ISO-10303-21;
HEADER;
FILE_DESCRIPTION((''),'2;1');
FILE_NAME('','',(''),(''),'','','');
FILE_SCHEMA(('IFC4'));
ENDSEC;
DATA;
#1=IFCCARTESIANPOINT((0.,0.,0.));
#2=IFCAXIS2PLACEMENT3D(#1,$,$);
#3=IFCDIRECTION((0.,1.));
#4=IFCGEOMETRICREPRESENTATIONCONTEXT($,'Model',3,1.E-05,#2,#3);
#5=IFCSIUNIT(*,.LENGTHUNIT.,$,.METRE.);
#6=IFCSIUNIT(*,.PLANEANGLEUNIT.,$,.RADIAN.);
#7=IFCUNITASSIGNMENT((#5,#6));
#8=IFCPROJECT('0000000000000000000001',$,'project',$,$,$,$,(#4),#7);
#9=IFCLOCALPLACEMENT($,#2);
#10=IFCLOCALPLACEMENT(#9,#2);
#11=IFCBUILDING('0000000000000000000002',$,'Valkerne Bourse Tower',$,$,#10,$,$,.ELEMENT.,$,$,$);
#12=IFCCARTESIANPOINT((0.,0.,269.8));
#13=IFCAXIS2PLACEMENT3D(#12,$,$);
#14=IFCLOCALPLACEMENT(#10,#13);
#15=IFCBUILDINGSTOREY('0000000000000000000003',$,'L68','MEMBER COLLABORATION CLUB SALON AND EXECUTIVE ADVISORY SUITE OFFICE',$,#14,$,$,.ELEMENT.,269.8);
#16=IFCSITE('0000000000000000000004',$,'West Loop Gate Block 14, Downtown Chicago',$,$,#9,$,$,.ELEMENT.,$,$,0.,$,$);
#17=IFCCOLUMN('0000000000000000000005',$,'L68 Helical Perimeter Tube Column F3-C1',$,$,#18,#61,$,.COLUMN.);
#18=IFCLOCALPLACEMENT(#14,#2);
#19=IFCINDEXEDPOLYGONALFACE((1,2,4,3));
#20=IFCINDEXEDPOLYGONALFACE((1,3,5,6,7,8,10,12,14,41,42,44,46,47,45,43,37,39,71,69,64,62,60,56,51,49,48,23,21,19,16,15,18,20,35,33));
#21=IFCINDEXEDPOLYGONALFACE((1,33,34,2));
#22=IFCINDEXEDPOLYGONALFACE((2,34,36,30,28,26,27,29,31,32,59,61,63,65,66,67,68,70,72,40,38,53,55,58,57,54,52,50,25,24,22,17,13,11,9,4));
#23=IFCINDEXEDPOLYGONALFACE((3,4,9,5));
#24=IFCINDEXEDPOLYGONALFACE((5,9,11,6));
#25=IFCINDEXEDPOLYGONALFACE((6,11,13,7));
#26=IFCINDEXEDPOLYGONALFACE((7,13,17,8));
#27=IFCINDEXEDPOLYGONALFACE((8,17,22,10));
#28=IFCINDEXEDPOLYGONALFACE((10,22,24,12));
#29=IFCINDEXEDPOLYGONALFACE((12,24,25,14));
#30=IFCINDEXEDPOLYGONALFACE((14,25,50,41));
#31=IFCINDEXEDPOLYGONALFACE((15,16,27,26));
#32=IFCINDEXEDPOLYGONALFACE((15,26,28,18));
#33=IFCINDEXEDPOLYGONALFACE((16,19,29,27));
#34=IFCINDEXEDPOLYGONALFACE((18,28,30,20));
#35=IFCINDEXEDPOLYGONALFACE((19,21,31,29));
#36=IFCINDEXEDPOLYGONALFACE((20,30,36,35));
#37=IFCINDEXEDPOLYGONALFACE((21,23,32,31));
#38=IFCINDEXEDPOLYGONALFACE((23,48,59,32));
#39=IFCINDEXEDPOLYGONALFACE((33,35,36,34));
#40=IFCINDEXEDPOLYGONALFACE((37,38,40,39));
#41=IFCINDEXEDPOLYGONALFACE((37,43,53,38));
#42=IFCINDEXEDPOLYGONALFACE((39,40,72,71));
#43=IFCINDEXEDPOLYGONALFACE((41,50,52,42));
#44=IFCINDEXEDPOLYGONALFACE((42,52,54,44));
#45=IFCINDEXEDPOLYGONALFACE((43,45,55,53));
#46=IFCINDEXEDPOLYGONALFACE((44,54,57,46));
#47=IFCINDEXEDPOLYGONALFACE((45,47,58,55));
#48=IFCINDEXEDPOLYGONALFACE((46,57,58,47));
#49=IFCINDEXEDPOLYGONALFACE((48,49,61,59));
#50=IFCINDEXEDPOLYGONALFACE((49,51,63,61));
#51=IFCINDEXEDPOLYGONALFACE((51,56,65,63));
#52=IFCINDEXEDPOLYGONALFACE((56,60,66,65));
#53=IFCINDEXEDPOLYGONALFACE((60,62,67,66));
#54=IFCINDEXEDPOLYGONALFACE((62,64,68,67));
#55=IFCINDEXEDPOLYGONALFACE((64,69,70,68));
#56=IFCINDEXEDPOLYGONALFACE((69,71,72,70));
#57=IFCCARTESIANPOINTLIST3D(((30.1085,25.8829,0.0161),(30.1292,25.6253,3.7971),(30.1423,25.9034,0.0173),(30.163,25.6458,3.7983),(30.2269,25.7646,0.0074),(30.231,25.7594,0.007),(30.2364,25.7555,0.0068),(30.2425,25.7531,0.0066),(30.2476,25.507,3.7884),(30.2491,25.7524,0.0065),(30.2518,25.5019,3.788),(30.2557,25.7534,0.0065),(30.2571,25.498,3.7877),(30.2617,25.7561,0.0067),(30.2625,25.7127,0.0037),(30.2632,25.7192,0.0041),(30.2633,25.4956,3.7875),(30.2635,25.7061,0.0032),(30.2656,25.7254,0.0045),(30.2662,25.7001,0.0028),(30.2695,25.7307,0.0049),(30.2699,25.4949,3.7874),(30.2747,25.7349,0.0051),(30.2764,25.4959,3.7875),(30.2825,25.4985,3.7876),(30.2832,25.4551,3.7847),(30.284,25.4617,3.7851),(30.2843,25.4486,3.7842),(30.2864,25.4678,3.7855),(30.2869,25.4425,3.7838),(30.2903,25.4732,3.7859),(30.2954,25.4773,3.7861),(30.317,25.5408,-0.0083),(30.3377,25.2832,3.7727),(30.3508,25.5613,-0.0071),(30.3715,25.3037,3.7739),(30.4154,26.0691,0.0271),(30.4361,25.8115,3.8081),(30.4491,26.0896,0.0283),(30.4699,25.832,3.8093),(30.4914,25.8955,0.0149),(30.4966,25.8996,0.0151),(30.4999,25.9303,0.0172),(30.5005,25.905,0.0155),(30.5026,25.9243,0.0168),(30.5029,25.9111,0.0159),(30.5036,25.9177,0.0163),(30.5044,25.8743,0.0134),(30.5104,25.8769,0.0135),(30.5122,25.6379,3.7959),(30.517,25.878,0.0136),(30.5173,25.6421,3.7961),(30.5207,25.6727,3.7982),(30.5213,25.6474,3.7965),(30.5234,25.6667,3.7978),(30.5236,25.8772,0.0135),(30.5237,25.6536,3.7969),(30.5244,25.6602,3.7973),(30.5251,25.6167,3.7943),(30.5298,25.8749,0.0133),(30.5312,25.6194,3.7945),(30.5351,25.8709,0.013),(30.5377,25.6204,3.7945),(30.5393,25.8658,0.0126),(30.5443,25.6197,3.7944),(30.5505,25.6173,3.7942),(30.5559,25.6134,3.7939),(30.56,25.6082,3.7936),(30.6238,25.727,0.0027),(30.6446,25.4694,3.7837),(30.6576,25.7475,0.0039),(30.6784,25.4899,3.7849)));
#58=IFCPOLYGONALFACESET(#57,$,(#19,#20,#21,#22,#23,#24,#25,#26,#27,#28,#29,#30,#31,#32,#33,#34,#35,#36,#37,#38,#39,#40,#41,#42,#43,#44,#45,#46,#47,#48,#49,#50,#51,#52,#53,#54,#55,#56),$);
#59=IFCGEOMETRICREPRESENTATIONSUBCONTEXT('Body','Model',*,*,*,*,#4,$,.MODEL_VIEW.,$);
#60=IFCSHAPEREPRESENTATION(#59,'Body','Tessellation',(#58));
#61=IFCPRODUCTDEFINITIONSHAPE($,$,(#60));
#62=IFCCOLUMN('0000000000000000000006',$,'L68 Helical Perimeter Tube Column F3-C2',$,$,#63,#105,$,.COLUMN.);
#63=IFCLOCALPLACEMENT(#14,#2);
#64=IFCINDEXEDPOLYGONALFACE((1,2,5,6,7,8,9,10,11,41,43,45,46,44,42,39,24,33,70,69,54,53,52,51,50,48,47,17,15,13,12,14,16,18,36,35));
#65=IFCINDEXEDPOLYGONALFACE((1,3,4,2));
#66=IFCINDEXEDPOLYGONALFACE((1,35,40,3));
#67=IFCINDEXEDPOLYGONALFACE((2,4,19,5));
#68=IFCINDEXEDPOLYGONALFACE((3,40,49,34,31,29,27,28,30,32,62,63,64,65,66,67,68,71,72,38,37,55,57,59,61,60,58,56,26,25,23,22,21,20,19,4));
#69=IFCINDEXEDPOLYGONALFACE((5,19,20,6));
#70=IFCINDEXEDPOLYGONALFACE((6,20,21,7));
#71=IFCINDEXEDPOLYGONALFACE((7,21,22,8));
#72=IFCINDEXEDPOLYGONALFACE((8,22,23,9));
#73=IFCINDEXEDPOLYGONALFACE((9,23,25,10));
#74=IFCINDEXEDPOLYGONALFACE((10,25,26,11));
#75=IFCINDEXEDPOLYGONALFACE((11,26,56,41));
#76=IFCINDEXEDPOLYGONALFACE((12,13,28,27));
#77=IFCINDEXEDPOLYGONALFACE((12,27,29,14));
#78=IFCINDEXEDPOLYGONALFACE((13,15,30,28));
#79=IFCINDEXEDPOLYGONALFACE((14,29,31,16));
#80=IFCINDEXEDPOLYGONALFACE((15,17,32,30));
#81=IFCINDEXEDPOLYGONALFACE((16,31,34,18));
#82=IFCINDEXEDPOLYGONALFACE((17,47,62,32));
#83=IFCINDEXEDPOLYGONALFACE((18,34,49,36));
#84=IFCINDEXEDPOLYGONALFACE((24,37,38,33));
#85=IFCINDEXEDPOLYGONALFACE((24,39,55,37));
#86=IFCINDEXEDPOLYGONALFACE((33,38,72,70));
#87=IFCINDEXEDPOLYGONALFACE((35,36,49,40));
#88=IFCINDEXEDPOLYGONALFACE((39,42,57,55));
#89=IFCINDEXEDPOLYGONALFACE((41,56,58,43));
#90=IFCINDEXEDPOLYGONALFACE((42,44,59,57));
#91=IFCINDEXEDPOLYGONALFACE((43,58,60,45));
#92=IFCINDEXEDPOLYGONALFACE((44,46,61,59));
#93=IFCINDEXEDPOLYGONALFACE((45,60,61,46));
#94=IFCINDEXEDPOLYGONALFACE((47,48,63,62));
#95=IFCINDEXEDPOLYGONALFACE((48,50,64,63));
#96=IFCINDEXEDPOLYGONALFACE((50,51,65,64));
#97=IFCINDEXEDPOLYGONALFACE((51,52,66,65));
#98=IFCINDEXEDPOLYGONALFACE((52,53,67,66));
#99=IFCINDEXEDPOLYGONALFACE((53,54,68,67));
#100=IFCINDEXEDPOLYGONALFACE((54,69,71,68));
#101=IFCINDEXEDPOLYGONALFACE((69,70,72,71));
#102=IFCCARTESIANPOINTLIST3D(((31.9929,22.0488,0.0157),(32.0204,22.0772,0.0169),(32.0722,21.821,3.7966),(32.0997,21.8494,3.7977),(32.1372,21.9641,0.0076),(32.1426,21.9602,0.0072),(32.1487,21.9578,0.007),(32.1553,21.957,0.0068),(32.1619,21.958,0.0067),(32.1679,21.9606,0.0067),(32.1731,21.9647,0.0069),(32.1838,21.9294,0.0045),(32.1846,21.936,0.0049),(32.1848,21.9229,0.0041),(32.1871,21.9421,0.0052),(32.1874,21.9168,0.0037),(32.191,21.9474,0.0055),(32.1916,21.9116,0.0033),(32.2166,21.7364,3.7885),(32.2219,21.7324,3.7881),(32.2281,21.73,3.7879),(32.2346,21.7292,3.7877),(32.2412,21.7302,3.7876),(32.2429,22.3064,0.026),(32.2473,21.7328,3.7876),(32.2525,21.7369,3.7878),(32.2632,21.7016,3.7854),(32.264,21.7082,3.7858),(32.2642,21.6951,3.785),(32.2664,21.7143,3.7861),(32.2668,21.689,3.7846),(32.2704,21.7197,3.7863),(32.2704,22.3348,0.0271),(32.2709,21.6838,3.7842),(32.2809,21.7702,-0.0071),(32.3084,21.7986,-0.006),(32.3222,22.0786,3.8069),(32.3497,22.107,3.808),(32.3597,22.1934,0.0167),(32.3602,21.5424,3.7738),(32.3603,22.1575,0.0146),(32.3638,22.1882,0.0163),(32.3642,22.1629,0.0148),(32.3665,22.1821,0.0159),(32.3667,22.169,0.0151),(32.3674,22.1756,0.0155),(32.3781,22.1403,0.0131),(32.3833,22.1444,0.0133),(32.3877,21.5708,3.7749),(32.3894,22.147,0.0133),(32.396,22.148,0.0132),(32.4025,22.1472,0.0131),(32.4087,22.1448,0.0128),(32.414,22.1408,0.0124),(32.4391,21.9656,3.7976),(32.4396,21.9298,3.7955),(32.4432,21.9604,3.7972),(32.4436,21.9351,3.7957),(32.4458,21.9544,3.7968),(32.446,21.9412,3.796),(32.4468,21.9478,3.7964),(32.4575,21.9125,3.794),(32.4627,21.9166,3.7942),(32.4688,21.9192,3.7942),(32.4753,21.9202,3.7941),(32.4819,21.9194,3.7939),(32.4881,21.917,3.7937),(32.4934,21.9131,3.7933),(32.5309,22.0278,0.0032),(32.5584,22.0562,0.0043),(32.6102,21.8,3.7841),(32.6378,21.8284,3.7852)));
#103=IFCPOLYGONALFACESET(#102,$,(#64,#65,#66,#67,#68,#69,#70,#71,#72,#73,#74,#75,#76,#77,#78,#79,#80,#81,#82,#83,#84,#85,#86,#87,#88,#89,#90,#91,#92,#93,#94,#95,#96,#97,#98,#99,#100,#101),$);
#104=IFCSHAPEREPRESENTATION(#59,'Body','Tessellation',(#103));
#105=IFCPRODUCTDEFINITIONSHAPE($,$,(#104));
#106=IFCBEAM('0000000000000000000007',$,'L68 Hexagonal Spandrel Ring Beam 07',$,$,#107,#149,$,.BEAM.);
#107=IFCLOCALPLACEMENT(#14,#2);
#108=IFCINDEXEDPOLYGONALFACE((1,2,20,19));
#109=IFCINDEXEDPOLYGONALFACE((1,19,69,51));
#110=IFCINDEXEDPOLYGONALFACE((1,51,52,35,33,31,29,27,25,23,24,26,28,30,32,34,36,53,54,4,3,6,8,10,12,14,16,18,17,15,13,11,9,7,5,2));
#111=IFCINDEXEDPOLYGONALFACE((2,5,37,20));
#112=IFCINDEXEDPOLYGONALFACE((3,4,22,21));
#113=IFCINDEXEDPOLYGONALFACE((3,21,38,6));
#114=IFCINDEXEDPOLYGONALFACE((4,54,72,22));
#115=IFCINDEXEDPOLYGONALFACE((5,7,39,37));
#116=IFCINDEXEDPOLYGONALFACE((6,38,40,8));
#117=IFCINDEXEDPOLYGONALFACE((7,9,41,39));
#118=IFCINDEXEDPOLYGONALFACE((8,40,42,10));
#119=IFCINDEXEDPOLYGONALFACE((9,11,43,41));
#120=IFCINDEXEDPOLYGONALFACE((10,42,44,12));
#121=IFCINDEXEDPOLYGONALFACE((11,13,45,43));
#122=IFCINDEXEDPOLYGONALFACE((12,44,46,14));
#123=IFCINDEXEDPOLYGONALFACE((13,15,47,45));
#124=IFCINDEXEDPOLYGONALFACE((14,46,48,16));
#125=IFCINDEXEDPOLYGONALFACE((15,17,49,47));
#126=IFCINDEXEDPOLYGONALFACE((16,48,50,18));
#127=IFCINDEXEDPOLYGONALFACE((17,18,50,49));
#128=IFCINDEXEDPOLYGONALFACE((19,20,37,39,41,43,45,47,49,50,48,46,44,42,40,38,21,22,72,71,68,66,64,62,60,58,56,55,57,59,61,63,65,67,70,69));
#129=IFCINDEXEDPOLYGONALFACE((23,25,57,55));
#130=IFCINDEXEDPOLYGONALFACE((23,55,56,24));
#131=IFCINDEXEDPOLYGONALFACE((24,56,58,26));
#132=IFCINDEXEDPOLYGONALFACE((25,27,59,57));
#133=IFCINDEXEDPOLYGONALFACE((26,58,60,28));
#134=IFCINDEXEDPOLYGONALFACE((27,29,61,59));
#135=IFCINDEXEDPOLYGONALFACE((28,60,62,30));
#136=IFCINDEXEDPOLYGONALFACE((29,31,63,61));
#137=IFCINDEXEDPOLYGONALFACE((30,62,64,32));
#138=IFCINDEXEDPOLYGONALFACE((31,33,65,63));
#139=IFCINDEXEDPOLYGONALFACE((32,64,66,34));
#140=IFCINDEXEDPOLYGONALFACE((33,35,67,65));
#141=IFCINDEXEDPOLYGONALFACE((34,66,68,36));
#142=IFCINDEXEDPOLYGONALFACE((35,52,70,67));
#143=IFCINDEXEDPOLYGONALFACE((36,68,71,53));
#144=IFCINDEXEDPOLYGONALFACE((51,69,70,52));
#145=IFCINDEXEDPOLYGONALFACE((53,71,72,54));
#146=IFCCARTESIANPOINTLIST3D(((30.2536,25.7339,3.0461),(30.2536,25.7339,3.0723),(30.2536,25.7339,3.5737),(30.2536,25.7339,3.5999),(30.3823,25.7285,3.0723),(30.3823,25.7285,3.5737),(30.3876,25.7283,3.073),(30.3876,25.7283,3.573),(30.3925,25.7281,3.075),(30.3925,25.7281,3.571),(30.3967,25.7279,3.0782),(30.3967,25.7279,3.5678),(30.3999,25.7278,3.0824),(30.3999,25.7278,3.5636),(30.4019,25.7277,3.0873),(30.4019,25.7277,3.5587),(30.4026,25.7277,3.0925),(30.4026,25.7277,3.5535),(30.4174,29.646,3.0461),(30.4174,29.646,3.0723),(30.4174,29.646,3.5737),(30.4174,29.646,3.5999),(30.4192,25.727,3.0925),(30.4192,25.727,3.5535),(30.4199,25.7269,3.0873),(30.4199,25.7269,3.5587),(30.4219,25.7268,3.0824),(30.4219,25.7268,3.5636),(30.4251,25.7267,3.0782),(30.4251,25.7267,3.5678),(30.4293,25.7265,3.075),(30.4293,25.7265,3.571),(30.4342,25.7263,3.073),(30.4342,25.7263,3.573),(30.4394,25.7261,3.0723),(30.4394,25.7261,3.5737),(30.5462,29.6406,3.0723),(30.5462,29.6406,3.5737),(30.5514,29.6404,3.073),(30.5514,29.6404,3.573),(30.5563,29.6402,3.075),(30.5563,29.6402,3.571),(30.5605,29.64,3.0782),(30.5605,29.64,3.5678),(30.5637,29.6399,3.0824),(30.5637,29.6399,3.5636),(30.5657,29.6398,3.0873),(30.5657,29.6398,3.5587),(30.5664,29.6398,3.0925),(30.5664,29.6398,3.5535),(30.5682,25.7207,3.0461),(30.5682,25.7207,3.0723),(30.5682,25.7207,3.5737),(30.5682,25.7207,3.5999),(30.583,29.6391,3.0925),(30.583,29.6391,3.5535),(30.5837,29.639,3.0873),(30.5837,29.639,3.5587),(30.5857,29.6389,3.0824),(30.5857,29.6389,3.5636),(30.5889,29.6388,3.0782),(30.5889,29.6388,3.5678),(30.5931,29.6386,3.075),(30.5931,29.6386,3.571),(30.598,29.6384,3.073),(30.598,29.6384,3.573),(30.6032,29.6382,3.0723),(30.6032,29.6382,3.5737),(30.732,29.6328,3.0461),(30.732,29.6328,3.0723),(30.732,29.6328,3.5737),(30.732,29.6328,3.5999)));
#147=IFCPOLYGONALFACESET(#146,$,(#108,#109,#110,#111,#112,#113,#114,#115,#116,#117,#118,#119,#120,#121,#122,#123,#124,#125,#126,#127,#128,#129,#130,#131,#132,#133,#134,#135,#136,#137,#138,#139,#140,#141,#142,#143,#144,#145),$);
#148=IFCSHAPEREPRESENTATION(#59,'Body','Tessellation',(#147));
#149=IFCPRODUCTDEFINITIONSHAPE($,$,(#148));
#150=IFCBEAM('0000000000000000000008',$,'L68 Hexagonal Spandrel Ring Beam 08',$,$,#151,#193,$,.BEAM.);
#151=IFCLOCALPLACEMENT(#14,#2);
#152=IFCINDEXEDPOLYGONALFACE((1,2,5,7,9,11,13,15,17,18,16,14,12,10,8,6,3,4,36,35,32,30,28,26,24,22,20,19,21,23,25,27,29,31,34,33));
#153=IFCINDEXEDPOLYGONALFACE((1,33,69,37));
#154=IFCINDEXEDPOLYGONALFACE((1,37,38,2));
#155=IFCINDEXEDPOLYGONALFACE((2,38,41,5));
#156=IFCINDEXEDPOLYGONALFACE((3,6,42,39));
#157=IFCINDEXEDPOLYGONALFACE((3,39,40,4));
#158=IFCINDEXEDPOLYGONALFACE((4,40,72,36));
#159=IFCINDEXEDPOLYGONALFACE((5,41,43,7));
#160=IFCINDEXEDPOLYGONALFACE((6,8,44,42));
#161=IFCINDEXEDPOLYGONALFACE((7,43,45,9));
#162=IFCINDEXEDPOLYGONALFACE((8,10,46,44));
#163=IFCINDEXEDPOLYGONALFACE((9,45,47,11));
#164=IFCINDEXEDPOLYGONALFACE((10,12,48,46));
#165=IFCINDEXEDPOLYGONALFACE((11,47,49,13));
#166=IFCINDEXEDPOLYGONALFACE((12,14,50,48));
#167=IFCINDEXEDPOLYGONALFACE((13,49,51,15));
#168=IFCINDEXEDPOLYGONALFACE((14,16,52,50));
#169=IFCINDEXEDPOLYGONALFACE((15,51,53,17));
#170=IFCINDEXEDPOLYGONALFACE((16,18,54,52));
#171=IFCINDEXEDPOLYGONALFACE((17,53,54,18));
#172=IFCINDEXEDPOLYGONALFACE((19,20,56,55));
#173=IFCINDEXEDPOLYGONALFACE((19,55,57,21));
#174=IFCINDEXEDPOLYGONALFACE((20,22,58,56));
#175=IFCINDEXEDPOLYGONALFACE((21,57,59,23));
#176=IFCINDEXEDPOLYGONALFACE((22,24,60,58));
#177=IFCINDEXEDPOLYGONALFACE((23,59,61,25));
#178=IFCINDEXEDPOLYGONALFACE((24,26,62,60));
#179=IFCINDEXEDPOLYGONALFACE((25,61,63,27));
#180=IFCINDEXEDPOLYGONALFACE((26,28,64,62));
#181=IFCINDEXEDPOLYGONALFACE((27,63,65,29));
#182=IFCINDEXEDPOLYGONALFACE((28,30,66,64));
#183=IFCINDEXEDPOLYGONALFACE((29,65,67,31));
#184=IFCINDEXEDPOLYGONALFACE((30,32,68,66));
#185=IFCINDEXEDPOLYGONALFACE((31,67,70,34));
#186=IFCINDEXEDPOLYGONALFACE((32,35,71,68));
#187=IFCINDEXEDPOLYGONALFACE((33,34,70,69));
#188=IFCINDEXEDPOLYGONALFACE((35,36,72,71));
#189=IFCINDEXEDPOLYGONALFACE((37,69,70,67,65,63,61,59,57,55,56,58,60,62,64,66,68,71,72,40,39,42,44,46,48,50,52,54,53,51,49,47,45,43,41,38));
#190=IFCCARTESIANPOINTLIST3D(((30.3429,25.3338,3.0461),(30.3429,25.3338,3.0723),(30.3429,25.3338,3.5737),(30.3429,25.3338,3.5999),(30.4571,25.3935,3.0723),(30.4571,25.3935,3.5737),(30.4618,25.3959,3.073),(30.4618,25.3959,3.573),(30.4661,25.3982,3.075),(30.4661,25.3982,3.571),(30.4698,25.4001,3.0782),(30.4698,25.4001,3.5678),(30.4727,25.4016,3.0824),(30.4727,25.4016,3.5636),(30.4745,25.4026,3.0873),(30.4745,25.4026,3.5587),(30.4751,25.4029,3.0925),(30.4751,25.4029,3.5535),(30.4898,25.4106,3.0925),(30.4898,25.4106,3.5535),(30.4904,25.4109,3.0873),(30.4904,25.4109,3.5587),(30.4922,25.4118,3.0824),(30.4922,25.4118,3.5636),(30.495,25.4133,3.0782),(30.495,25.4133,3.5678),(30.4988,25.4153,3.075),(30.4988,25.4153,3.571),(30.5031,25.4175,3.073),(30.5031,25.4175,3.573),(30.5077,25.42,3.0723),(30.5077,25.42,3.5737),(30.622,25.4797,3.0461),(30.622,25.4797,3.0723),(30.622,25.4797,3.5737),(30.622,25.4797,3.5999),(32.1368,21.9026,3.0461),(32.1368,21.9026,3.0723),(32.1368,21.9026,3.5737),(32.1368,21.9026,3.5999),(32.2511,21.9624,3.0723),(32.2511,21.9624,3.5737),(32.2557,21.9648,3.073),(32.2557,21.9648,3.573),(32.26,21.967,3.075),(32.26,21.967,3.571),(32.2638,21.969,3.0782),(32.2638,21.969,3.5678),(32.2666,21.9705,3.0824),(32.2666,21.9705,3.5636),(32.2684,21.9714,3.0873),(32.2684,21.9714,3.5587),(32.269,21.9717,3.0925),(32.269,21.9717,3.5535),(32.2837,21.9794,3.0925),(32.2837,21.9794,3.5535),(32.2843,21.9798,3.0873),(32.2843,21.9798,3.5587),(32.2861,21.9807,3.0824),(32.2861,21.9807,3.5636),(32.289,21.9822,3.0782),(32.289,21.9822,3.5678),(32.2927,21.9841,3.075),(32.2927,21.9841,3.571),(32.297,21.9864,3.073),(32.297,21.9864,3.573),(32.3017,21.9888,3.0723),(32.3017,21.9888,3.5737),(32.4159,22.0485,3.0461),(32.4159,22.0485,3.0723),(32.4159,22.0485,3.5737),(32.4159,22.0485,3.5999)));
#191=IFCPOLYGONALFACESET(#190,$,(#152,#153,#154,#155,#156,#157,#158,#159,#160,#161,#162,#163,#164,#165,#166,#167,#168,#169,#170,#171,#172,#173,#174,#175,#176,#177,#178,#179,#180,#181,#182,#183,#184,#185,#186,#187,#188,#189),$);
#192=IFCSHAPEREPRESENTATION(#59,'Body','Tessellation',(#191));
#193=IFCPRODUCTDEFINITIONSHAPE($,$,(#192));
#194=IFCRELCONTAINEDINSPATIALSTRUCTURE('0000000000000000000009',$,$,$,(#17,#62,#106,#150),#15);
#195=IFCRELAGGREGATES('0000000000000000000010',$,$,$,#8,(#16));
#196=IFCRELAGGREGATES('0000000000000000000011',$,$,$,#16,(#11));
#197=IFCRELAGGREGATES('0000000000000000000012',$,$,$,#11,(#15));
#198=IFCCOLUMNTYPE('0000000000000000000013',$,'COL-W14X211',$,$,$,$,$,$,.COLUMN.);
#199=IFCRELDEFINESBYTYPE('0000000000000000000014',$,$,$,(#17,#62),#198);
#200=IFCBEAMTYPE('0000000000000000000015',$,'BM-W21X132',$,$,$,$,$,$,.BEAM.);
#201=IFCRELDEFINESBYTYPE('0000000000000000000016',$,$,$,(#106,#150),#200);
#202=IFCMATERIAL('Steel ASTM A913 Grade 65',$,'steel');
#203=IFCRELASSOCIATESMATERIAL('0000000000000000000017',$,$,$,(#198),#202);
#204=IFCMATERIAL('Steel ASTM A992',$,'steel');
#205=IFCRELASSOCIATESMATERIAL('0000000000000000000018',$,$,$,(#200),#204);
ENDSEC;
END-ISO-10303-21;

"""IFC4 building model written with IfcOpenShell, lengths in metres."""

from ifc_helpers import new_model, si_unit, direction, frame, origin, origin_2d, place, context, subcontext, project, spatial, i_section, extrude, material, material_profile, profile_set, type_object, element, save


model = new_model("IFC4")

# Units and contexts
model_context = context("Model", 3, precision=1e-05, world=origin(), true_north=direction((0.0, 1.0)))
body_context = subcontext(model_context, "Body", "Model", "MODEL_VIEW")
ifc_project = project(units=[si_unit("LENGTHUNIT", "METRE"), si_unit("PLANEANGLEUNIT", "RADIAN")], contexts=[model_context])

# Site, building, storey
site_placement = place(None, origin())
site = spatial("IfcSite", under=ifc_project, at=site_placement, Name="West Loop Gate Block 14, Downtown Chicago", CompositionType="ELEMENT", RefElevation=0.0)
building_placement = place(site_placement, origin())
building = spatial("IfcBuilding", under=site, at=building_placement, Name="Valkerne Bourse Tower", CompositionType="ELEMENT")
storey_placement = place(building_placement, frame((0.0, 0.0, 269.8)))
storey = spatial("IfcBuildingStorey", under=building, at=storey_placement, Name="L68", Description="MEMBER COLLABORATION CLUB SALON AND EXECUTIVE ADVISORY SUITE OFFICE", CompositionType="ELEMENT", Elevation=269.8)

# Columns
ifc_material_1 = material(Name="Steel ASTM A913 Grade 65", Category="steel")
ifc_material_profile_1 = material_profile(ifc_material_1, i_section(OverallWidth=0.4014, OverallDepth=0.3987, WebThickness=0.0249, FlangeThickness=0.0396, FilletRadius=0.0254, at=origin_2d()), Name="W14X211")
ifc_profile_set_1 = profile_set([ifc_material_profile_1], Name="Steel ASTM A913 Grade 65")
column_type = type_object("IfcColumnType", Name="COL-W14X211", PredefinedType="COLUMN", material=ifc_profile_set_1)
column_1_placement = place(storey_placement, frame((30.3831, 25.8152, 0.01), z_axis=(0.005476, -0.067963, 0.997673), x_axis=(0.519446, -0.852329, -0.060913)))
element("IfcColumn", 1, at=column_1_placement, inside=storey, type_object=column_type, Name="L68 Helical Perimeter Tube Column F3-C1", PredefinedType="COLUMN", context=body_context, shape_type="SweptSolid", body=[
    extrude(i_section(OverallWidth=0.4014, OverallDepth=0.3987, WebThickness=0.0249, FlangeThickness=0.0396, FilletRadius=0.0254, at=origin_2d()), origin(), (0.0, 0.0, 1.0), 3.7898),
])
column_2_placement = place(storey_placement, frame((32.2756, 22.0525, 0.01), z_axis=(0.020943, -0.060122, 0.997971), x_axis=(0.717593, -0.694136, -0.056877)))
element("IfcColumn", 2, at=column_2_placement, inside=storey, type_object=column_type, Name="L68 Helical Perimeter Tube Column F3-C2", PredefinedType="COLUMN", context=body_context, shape_type="SweptSolid", body=[
    extrude(i_section(OverallWidth=0.4014, OverallDepth=0.3987, WebThickness=0.0249, FlangeThickness=0.0396, FilletRadius=0.0254, at=origin_2d()), origin(), (0.0, 0.0, 1.0), 3.7886),
])

# Beams
ifc_material_2 = material(Name="Steel ASTM A992", Category="steel")
ifc_material_profile_2 = material_profile(ifc_material_2, i_section(OverallWidth=0.3149, OverallDepth=0.5537, WebThickness=0.0166, FlangeThickness=0.0261, FilletRadius=0.0203, at=origin_2d()), Name="W21X132")
ifc_profile_set_2 = profile_set([ifc_material_profile_2], Name="Steel ASTM A992")
beam_type_1 = type_object("IfcBeamType", Name="BM-W21X132", PredefinedType="BEAM", material=ifc_profile_set_2)
beam_1_placement = place(storey_placement, frame((30.5747, 29.6394, 3.323), z_axis=(-0.041838, -0.999124, 0.0), x_axis=(0.999124, -0.041838, 0.0)))
element("IfcBeam", 3, at=beam_1_placement, inside=storey, type_object=beam_type_1, Name="L68 Hexagonal Spandrel Ring Beam 07", PredefinedType="BEAM", context=body_context, shape_type="SweptSolid", body=[
    extrude(i_section(OverallWidth=0.3149, OverallDepth=0.5537, WebThickness=0.0166, FlangeThickness=0.0261, FilletRadius=0.0203, at=origin_2d()), origin(), (0.0, 0.0, 1.0), 3.9155),
])
beam_2_placement = place(storey_placement, frame((30.4824, 25.4067, 3.323), z_axis=(0.463333, -0.886184, 0.0), x_axis=(0.886184, 0.463333, 0.0)))
element("IfcBeam", 4, at=beam_2_placement, inside=storey, type_object=beam_type_1, Name="L68 Hexagonal Spandrel Ring Beam 08", PredefinedType="BEAM", context=body_context, shape_type="SweptSolid", body=[
    extrude(i_section(OverallWidth=0.3149, OverallDepth=0.5537, WebThickness=0.0166, FlangeThickness=0.0261, FilletRadius=0.0203, at=origin_2d()), origin(), (0.0, 0.0, 1.0), 3.8718),
])

save(model, "model.ifc")
